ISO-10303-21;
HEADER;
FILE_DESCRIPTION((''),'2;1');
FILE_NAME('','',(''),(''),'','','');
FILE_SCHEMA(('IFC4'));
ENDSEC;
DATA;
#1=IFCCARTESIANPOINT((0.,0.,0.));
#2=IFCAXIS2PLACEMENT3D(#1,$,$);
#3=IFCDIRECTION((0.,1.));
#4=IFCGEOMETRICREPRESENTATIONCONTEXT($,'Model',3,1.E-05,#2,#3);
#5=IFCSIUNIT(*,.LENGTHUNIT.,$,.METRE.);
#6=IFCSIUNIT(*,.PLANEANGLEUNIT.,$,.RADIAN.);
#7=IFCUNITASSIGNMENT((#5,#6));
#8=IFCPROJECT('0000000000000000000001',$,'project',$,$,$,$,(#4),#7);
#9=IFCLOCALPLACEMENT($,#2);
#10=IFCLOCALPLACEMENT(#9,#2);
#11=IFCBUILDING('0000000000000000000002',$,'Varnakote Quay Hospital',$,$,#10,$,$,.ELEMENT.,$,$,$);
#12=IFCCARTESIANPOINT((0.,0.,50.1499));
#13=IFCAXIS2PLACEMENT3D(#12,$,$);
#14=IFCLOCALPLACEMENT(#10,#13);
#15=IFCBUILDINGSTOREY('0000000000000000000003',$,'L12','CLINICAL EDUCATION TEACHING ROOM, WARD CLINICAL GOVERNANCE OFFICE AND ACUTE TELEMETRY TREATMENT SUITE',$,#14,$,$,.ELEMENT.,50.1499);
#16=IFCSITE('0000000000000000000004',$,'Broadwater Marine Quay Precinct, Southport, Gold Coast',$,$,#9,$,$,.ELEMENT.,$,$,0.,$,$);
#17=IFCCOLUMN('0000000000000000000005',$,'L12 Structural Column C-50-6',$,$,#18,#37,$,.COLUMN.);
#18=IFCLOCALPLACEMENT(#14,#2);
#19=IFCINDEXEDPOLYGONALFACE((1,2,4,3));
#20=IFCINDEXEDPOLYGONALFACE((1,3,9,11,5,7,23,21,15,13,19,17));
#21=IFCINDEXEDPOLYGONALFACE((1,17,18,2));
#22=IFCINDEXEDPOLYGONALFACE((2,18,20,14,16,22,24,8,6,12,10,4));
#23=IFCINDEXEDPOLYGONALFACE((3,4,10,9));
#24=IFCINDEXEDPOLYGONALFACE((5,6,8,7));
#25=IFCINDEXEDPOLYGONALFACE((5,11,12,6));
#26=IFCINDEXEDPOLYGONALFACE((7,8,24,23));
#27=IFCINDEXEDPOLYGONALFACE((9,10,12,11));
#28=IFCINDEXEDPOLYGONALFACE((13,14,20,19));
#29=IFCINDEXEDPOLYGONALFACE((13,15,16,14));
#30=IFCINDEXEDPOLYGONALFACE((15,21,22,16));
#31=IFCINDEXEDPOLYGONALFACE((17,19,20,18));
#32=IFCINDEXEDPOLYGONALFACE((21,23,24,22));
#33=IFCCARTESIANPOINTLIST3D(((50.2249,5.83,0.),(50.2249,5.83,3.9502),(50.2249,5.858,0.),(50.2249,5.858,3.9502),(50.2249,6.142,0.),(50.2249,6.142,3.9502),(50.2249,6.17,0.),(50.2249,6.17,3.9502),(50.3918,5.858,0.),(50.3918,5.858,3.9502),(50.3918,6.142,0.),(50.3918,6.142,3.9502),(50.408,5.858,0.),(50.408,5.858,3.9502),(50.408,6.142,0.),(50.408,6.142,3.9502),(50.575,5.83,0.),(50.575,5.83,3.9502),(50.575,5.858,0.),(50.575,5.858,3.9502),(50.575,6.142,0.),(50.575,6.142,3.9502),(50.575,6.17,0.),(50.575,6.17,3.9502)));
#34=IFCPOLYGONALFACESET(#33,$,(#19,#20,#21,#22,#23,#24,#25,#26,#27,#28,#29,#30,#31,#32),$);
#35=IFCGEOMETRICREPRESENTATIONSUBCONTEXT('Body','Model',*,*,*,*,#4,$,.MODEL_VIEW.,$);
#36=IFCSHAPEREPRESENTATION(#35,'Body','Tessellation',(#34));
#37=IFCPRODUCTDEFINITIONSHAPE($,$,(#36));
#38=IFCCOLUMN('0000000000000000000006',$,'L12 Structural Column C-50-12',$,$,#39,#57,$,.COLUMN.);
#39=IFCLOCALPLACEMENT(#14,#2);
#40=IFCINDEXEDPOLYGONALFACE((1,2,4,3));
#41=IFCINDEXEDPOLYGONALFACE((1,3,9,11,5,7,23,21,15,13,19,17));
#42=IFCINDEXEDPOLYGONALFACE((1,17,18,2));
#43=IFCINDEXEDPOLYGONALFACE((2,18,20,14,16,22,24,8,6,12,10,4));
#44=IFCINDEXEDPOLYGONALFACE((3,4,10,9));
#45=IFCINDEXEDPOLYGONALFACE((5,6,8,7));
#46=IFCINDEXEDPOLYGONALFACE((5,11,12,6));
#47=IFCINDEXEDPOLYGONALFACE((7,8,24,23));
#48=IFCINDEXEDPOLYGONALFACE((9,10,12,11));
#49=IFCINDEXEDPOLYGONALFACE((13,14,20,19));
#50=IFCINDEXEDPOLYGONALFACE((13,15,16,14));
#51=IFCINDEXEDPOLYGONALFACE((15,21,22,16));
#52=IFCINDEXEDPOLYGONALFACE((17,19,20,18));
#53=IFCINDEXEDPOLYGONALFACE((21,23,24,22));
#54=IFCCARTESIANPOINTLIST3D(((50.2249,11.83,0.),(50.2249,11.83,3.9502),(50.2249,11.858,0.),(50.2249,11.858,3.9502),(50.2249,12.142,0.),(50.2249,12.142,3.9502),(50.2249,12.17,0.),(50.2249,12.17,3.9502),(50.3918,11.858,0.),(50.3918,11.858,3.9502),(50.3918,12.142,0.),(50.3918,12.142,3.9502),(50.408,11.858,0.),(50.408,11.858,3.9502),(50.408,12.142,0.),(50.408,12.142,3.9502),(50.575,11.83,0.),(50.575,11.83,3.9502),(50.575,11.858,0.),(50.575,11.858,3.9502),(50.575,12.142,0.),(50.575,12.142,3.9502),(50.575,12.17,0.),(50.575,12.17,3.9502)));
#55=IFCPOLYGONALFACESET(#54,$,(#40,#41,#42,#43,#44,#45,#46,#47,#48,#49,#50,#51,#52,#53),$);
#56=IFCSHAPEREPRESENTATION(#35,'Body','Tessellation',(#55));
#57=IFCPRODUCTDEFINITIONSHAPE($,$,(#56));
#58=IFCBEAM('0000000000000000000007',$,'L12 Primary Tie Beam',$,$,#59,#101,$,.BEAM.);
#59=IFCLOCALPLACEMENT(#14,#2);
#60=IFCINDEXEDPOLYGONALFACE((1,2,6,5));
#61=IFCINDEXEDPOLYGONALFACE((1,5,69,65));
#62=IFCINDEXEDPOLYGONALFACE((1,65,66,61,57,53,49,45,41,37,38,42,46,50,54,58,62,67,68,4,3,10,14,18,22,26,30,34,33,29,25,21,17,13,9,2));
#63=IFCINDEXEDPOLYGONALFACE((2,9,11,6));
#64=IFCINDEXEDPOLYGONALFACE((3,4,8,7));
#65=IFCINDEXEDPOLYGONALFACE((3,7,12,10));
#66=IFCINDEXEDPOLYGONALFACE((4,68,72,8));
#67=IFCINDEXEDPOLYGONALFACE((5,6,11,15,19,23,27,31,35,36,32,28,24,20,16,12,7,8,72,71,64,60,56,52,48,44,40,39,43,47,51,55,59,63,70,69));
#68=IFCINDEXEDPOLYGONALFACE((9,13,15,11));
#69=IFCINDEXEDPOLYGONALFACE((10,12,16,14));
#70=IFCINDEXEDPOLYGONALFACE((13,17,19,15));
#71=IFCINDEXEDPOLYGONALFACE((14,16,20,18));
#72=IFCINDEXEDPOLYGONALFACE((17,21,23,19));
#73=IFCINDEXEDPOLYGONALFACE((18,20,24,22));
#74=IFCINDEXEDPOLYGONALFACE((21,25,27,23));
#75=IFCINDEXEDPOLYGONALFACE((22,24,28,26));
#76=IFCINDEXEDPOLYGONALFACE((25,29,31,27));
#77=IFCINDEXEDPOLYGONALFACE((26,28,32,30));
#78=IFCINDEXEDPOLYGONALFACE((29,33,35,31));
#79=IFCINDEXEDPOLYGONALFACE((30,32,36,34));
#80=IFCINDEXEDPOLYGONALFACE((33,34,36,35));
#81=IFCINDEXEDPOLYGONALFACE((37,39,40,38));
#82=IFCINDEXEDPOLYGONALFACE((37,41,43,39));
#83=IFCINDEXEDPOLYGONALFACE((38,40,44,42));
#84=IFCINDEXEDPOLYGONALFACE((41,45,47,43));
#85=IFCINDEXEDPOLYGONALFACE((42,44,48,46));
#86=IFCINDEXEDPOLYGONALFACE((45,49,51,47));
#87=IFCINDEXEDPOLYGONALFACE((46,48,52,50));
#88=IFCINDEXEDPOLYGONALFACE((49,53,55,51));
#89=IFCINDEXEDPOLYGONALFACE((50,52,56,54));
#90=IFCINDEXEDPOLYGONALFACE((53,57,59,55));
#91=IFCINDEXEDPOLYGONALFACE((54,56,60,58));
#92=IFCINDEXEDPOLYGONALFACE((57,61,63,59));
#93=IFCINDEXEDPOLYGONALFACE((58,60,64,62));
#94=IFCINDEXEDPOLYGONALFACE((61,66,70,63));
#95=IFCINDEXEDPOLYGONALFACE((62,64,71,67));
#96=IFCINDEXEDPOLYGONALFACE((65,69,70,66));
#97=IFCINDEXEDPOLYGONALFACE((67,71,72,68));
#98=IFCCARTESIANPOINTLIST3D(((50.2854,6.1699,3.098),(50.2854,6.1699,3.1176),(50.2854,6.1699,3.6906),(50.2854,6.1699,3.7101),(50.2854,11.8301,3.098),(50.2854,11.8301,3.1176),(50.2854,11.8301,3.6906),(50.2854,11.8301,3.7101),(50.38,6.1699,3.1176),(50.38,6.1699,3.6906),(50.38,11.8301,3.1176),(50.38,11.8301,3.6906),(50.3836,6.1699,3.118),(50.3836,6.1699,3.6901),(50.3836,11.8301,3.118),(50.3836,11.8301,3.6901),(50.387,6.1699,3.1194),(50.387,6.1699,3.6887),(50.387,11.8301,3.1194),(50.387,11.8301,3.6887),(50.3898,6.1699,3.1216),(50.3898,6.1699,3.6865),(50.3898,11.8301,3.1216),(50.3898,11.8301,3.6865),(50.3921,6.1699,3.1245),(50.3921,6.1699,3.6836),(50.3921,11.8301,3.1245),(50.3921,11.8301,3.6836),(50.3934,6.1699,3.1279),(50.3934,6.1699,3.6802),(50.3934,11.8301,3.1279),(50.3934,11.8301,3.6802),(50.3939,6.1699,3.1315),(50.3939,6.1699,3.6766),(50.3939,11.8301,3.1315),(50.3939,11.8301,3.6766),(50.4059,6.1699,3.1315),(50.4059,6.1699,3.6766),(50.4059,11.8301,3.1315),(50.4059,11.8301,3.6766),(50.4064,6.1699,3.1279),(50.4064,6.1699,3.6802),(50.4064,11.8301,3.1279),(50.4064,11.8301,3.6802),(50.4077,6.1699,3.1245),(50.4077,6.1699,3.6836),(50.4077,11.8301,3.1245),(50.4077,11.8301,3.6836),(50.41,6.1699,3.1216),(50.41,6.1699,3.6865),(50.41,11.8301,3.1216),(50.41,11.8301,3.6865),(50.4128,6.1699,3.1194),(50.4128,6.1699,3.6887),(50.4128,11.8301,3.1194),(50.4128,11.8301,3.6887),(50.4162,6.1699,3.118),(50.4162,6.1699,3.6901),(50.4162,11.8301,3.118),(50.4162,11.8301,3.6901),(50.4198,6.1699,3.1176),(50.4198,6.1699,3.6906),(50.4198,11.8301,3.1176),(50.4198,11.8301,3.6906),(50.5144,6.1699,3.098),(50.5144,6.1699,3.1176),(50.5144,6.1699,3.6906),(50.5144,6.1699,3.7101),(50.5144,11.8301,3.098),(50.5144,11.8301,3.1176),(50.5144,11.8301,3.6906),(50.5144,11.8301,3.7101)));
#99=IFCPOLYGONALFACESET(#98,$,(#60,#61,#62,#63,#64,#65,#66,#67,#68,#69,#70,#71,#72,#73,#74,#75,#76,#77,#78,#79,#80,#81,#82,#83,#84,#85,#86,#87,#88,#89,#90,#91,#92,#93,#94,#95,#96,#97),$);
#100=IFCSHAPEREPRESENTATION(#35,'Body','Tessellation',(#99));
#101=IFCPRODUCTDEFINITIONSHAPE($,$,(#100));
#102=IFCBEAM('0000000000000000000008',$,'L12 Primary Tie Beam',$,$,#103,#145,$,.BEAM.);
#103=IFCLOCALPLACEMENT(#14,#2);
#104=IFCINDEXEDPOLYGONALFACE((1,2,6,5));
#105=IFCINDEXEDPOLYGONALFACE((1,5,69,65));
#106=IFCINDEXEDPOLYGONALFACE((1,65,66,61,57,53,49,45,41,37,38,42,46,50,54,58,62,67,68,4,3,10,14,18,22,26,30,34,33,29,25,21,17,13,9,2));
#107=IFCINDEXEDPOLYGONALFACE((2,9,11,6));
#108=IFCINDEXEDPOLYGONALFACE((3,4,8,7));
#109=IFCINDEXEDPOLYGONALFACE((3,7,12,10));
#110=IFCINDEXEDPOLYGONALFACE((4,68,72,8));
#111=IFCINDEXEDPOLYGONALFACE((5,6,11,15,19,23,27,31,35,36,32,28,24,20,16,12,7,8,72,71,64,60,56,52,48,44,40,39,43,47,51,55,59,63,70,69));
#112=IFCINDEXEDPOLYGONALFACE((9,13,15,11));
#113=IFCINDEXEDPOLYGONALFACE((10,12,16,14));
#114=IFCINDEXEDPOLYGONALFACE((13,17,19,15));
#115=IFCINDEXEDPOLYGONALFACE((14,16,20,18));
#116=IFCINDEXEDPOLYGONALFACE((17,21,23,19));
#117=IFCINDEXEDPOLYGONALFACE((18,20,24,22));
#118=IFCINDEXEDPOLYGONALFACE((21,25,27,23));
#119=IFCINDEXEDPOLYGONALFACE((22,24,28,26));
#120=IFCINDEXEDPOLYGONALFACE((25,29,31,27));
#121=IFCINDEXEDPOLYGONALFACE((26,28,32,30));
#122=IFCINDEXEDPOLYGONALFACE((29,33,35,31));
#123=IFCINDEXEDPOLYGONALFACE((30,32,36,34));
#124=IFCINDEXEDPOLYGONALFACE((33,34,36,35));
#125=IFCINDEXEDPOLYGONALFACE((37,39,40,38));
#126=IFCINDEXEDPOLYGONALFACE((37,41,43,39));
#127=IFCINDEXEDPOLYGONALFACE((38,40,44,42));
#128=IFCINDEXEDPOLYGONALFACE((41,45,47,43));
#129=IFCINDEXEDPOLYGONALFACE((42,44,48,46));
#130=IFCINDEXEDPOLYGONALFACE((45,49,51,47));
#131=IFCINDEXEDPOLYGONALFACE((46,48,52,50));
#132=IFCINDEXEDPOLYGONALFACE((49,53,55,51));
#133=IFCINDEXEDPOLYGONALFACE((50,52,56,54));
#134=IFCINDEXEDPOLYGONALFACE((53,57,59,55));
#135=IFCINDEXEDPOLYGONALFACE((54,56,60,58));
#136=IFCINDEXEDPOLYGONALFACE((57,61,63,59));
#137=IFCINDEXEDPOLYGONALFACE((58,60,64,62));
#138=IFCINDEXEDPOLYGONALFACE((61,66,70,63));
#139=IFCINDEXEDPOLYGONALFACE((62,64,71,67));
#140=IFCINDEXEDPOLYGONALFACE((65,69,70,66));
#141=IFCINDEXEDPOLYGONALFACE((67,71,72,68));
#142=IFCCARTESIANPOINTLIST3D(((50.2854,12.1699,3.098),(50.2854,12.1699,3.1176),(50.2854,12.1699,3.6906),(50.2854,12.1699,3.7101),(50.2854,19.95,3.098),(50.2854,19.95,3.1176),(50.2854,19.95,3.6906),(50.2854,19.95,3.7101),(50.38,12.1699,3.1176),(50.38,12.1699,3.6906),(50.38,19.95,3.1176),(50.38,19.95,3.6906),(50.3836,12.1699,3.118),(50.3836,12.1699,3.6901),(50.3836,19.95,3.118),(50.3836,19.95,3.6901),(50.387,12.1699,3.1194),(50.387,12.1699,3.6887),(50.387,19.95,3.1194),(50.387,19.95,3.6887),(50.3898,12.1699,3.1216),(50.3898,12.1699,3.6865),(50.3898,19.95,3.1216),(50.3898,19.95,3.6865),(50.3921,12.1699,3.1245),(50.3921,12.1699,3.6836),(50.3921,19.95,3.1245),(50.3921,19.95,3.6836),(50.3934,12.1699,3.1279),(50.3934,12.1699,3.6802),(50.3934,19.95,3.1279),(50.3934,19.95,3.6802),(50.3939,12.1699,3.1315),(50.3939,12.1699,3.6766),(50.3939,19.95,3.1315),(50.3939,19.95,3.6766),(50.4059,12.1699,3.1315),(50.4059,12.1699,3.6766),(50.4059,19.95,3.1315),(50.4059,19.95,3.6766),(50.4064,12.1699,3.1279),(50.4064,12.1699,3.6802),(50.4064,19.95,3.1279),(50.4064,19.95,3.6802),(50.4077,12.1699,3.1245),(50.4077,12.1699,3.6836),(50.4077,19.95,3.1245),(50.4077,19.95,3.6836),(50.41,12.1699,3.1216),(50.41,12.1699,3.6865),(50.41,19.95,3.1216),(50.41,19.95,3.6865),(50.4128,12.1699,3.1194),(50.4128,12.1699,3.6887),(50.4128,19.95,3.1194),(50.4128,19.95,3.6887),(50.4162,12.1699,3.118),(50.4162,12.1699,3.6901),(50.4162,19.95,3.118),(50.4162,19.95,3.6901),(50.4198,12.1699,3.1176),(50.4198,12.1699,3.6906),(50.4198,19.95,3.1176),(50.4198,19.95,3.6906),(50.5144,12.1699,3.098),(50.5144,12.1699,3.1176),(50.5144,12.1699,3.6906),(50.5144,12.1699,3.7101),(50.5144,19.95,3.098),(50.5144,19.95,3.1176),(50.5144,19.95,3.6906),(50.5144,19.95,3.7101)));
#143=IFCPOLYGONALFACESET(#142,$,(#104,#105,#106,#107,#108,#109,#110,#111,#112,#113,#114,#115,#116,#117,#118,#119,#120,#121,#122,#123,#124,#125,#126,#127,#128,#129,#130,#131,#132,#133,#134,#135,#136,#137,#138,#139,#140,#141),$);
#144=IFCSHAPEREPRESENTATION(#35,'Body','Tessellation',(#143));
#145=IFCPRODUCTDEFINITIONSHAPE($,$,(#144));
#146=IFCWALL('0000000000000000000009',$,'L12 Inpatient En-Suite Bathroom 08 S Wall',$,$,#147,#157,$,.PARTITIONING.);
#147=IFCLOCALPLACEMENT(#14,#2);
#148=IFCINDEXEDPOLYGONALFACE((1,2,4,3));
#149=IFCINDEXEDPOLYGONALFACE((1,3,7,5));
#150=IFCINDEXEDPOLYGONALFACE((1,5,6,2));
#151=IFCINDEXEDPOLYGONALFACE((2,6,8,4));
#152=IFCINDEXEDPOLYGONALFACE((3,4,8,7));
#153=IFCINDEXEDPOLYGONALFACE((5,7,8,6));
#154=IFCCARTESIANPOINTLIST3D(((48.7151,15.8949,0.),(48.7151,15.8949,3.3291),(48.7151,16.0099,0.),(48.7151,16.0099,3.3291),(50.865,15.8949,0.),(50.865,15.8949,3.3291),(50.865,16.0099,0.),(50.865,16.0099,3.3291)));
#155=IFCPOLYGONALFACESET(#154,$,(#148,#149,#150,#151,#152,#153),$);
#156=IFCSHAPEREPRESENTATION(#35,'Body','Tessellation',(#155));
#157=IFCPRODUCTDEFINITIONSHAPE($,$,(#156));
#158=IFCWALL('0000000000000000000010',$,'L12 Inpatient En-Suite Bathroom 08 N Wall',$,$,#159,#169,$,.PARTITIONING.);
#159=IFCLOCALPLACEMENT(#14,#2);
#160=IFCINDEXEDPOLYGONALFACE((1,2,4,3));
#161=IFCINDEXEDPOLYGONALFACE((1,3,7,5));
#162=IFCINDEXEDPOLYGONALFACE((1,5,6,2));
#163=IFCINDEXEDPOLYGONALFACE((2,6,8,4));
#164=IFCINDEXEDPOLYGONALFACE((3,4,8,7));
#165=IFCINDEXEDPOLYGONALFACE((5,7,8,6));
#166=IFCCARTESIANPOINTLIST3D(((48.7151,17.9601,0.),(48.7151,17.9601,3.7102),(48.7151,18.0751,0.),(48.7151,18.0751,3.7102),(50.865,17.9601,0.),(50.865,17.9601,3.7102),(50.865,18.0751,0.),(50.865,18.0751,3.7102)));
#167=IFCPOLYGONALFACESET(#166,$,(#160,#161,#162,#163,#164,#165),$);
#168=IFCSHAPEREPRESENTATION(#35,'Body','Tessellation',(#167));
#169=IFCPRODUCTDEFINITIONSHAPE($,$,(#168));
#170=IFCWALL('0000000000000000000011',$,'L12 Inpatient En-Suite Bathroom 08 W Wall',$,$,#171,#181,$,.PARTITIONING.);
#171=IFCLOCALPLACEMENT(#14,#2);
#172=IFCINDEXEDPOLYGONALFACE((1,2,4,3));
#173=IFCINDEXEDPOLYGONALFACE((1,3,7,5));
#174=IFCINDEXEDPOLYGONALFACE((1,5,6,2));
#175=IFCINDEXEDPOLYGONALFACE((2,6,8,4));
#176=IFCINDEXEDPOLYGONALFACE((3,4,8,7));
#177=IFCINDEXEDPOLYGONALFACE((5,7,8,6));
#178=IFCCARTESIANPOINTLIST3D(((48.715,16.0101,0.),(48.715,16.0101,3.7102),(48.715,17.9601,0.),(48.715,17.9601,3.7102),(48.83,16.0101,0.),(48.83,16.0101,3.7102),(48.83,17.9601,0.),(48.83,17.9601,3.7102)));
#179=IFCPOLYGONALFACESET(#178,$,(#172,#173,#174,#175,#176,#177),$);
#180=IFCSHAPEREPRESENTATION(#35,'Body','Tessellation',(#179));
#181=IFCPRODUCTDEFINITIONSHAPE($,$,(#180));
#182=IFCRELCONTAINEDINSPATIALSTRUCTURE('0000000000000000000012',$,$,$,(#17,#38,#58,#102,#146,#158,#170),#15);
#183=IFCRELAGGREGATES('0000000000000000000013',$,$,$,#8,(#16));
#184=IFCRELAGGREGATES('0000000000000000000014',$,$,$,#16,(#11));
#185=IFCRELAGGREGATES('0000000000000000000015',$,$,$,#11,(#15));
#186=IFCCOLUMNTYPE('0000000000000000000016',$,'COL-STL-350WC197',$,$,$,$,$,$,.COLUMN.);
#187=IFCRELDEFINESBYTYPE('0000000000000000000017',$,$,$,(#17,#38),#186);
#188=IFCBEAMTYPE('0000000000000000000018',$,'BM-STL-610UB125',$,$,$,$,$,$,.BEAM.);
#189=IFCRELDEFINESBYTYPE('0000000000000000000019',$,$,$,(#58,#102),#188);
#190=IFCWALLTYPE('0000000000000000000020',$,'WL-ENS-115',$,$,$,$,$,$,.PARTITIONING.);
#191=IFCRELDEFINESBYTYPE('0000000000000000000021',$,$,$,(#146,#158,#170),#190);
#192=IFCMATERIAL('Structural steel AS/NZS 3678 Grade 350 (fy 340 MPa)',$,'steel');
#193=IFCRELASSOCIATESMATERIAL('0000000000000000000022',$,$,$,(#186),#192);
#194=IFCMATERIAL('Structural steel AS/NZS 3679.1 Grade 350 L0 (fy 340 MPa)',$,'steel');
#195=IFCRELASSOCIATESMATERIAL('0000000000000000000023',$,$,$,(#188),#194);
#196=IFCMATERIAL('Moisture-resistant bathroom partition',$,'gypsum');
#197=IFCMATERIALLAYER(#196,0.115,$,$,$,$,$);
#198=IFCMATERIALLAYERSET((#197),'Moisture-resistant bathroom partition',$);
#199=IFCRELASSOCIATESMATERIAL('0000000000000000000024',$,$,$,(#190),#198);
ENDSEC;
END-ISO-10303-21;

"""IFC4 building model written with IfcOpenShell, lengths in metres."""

from ifc_helpers import new_model, si_unit, direction, frame, frame_2d, origin, origin_2d, place, context, subcontext, project, spatial, rectangle, i_section, extrude, material, layer, layer_set, material_profile, profile_set, type_object, element, save


model = new_model("IFC4")

# Units and contexts
model_context = context("Model", 3, precision=1e-05, world=origin(), true_north=direction((0.0, 1.0)))
body_context = subcontext(model_context, "Body", "Model", "MODEL_VIEW")
ifc_project = project(units=[si_unit("LENGTHUNIT", "METRE"), si_unit("PLANEANGLEUNIT", "RADIAN")], contexts=[model_context])

# Site, building, storey
site_placement = place(None, origin())
site = spatial("IfcSite", under=ifc_project, at=site_placement, Name="Broadwater Marine Quay Precinct, Southport, Gold Coast", CompositionType="ELEMENT", RefElevation=0.0)
building_placement = place(site_placement, origin())
building = spatial("IfcBuilding", under=site, at=building_placement, Name="Varnakote Quay Hospital", CompositionType="ELEMENT")
storey_placement = place(building_placement, frame((0.0, 0.0, 50.1499)))
storey = spatial("IfcBuildingStorey", under=building, at=storey_placement, Name="L12", Description="CLINICAL EDUCATION TEACHING ROOM, WARD CLINICAL GOVERNANCE OFFICE AND ACUTE TELEMETRY TREATMENT SUITE", CompositionType="ELEMENT", Elevation=50.1499)

# Columns
ifc_material_1 = material(Name="Structural steel AS/NZS 3678 Grade 350 (fy 340 MPa)", Category="steel")
ifc_material_profile_1 = material_profile(ifc_material_1, i_section(OverallWidth=0.3501, OverallDepth=0.3401, WebThickness=0.0161, FlangeThickness=0.0281, at=origin_2d()), Name="350WC197")
ifc_profile_set_1 = profile_set([ifc_material_profile_1], Name="Structural steel AS/NZS 3678 Grade 350 (fy 340 MPa)")
column_type = type_object("IfcColumnType", Name="COL-STL-350WC197", PredefinedType="COLUMN", material=ifc_profile_set_1)
for number, where, z_axis, x_axis, name in (
    (1, (50.3999, 6.0, 0.0), (0.0, 0.0, 1.0), (1.0, 0.0, 0.0), "L12 Structural Column C-50-6"),
    (2, (50.3999, 12.0, 0.0), (0.0, 0.0, 1.0), (1.0, 0.0, 0.0), "L12 Structural Column C-50-12"),
):
    element("IfcColumn", number, at=place(storey_placement, frame(where, z_axis=z_axis, x_axis=x_axis)), inside=storey, type_object=column_type, Name=name, PredefinedType="COLUMN", context=body_context, shape_type="SweptSolid", body=[
        extrude(i_section(OverallWidth=0.3501, OverallDepth=0.3401, WebThickness=0.0161, FlangeThickness=0.0281, at=origin_2d()), origin(), (0.0, 0.0, 1.0), 3.9502),
    ])

# Beams
ifc_material_2 = material(Name="Structural steel AS/NZS 3679.1 Grade 350 L0 (fy 340 MPa)", Category="steel")
ifc_material_profile_2 = material_profile(ifc_material_2, i_section(OverallWidth=0.229, OverallDepth=0.6121, WebThickness=0.012, FlangeThickness=0.0195, FilletRadius=0.0139, at=origin_2d()), Name="610UB125")
ifc_profile_set_2 = profile_set([ifc_material_profile_2], Name="Structural steel AS/NZS 3679.1 Grade 350 L0 (fy 340 MPa)")
beam_type = type_object("IfcBeamType", Name="BM-STL-610UB125", PredefinedType="BEAM", material=ifc_profile_set_2)
beam_1_placement = place(storey_placement, frame((50.3999, 6.1699, 3.4041), z_axis=(0.0, 1.0, 0.0), x_axis=(-1.0, 0.0, 0.0)))
element("IfcBeam", 3, at=beam_1_placement, inside=storey, type_object=beam_type, Name="L12 Primary Tie Beam", PredefinedType="BEAM", context=body_context, shape_type="SweptSolid", body=[
    extrude(i_section(OverallWidth=0.229, OverallDepth=0.6121, WebThickness=0.012, FlangeThickness=0.0195, FilletRadius=0.0139, at=origin_2d()), origin(), (0.0, 0.0, 1.0), 5.6602),
])
beam_2_placement = place(storey_placement, frame((50.3999, 12.1699, 3.4041), z_axis=(0.0, 1.0, 0.0), x_axis=(-1.0, 0.0, 0.0)))
element("IfcBeam", 4, at=beam_2_placement, inside=storey, type_object=beam_type, Name="L12 Primary Tie Beam", PredefinedType="BEAM", context=body_context, shape_type="SweptSolid", body=[
    extrude(i_section(OverallWidth=0.229, OverallDepth=0.6121, WebThickness=0.012, FlangeThickness=0.0195, FilletRadius=0.0139, at=origin_2d()), origin(), (0.0, 0.0, 1.0), 7.78),
])

# Walls
ifc_material_3 = material(Name="Moisture-resistant bathroom partition", Category="gypsum")
ifc_layer_1 = layer(ifc_material_3, 0.115)
ifc_layer_set_1 = layer_set([ifc_layer_1], Name="Moisture-resistant bathroom partition")
wall_type_1 = type_object("IfcWallType", Name="WL-ENS-115", PredefinedType="PARTITIONING", material=ifc_layer_set_1)
wall_1_placement = place(storey_placement, frame((48.7151, 15.9524, 0.0), z_axis=(0.0, 0.0, 1.0), x_axis=(1.0, 0.0, 0.0)))
element("IfcWall", 5, at=wall_1_placement, inside=storey, type_object=wall_type_1, Name="L12 Inpatient En-Suite Bathroom 08 S Wall", PredefinedType="PARTITIONING", context=body_context, shape_type="SweptSolid", body=[
    extrude(rectangle(XDim=2.1499, YDim=0.115, at=frame_2d((1.075, 0.0))), origin(), (0.0, 0.0, 1.0), 3.3291),
])
wall_2_placement = place(storey_placement, frame((48.7151, 18.0176, 0.0), z_axis=(0.0, 0.0, 1.0), x_axis=(1.0, 0.0, 0.0)))
element("IfcWall", 6, at=wall_2_placement, inside=storey, type_object=wall_type_1, Name="L12 Inpatient En-Suite Bathroom 08 N Wall", PredefinedType="PARTITIONING", context=body_context, shape_type="SweptSolid", body=[
    extrude(rectangle(XDim=2.1499, YDim=0.115, at=frame_2d((1.075, 0.0))), origin(), (0.0, 0.0, 1.0), 3.7102),
])
wall_3_placement = place(storey_placement, frame((48.7725, 16.01, 0.0), z_axis=(0.0, 0.0, 1.0), x_axis=(0.0, 1.0, 0.0)))
element("IfcWall", 7, at=wall_3_placement, inside=storey, type_object=wall_type_1, Name="L12 Inpatient En-Suite Bathroom 08 W Wall", PredefinedType="PARTITIONING", context=body_context, shape_type="SweptSolid", body=[
    extrude(rectangle(XDim=1.95, YDim=0.115, at=frame_2d((0.9751, 0.0))), origin(), (0.0, 0.0, 1.0), 3.7102),
])

save(model, "model.ifc")
